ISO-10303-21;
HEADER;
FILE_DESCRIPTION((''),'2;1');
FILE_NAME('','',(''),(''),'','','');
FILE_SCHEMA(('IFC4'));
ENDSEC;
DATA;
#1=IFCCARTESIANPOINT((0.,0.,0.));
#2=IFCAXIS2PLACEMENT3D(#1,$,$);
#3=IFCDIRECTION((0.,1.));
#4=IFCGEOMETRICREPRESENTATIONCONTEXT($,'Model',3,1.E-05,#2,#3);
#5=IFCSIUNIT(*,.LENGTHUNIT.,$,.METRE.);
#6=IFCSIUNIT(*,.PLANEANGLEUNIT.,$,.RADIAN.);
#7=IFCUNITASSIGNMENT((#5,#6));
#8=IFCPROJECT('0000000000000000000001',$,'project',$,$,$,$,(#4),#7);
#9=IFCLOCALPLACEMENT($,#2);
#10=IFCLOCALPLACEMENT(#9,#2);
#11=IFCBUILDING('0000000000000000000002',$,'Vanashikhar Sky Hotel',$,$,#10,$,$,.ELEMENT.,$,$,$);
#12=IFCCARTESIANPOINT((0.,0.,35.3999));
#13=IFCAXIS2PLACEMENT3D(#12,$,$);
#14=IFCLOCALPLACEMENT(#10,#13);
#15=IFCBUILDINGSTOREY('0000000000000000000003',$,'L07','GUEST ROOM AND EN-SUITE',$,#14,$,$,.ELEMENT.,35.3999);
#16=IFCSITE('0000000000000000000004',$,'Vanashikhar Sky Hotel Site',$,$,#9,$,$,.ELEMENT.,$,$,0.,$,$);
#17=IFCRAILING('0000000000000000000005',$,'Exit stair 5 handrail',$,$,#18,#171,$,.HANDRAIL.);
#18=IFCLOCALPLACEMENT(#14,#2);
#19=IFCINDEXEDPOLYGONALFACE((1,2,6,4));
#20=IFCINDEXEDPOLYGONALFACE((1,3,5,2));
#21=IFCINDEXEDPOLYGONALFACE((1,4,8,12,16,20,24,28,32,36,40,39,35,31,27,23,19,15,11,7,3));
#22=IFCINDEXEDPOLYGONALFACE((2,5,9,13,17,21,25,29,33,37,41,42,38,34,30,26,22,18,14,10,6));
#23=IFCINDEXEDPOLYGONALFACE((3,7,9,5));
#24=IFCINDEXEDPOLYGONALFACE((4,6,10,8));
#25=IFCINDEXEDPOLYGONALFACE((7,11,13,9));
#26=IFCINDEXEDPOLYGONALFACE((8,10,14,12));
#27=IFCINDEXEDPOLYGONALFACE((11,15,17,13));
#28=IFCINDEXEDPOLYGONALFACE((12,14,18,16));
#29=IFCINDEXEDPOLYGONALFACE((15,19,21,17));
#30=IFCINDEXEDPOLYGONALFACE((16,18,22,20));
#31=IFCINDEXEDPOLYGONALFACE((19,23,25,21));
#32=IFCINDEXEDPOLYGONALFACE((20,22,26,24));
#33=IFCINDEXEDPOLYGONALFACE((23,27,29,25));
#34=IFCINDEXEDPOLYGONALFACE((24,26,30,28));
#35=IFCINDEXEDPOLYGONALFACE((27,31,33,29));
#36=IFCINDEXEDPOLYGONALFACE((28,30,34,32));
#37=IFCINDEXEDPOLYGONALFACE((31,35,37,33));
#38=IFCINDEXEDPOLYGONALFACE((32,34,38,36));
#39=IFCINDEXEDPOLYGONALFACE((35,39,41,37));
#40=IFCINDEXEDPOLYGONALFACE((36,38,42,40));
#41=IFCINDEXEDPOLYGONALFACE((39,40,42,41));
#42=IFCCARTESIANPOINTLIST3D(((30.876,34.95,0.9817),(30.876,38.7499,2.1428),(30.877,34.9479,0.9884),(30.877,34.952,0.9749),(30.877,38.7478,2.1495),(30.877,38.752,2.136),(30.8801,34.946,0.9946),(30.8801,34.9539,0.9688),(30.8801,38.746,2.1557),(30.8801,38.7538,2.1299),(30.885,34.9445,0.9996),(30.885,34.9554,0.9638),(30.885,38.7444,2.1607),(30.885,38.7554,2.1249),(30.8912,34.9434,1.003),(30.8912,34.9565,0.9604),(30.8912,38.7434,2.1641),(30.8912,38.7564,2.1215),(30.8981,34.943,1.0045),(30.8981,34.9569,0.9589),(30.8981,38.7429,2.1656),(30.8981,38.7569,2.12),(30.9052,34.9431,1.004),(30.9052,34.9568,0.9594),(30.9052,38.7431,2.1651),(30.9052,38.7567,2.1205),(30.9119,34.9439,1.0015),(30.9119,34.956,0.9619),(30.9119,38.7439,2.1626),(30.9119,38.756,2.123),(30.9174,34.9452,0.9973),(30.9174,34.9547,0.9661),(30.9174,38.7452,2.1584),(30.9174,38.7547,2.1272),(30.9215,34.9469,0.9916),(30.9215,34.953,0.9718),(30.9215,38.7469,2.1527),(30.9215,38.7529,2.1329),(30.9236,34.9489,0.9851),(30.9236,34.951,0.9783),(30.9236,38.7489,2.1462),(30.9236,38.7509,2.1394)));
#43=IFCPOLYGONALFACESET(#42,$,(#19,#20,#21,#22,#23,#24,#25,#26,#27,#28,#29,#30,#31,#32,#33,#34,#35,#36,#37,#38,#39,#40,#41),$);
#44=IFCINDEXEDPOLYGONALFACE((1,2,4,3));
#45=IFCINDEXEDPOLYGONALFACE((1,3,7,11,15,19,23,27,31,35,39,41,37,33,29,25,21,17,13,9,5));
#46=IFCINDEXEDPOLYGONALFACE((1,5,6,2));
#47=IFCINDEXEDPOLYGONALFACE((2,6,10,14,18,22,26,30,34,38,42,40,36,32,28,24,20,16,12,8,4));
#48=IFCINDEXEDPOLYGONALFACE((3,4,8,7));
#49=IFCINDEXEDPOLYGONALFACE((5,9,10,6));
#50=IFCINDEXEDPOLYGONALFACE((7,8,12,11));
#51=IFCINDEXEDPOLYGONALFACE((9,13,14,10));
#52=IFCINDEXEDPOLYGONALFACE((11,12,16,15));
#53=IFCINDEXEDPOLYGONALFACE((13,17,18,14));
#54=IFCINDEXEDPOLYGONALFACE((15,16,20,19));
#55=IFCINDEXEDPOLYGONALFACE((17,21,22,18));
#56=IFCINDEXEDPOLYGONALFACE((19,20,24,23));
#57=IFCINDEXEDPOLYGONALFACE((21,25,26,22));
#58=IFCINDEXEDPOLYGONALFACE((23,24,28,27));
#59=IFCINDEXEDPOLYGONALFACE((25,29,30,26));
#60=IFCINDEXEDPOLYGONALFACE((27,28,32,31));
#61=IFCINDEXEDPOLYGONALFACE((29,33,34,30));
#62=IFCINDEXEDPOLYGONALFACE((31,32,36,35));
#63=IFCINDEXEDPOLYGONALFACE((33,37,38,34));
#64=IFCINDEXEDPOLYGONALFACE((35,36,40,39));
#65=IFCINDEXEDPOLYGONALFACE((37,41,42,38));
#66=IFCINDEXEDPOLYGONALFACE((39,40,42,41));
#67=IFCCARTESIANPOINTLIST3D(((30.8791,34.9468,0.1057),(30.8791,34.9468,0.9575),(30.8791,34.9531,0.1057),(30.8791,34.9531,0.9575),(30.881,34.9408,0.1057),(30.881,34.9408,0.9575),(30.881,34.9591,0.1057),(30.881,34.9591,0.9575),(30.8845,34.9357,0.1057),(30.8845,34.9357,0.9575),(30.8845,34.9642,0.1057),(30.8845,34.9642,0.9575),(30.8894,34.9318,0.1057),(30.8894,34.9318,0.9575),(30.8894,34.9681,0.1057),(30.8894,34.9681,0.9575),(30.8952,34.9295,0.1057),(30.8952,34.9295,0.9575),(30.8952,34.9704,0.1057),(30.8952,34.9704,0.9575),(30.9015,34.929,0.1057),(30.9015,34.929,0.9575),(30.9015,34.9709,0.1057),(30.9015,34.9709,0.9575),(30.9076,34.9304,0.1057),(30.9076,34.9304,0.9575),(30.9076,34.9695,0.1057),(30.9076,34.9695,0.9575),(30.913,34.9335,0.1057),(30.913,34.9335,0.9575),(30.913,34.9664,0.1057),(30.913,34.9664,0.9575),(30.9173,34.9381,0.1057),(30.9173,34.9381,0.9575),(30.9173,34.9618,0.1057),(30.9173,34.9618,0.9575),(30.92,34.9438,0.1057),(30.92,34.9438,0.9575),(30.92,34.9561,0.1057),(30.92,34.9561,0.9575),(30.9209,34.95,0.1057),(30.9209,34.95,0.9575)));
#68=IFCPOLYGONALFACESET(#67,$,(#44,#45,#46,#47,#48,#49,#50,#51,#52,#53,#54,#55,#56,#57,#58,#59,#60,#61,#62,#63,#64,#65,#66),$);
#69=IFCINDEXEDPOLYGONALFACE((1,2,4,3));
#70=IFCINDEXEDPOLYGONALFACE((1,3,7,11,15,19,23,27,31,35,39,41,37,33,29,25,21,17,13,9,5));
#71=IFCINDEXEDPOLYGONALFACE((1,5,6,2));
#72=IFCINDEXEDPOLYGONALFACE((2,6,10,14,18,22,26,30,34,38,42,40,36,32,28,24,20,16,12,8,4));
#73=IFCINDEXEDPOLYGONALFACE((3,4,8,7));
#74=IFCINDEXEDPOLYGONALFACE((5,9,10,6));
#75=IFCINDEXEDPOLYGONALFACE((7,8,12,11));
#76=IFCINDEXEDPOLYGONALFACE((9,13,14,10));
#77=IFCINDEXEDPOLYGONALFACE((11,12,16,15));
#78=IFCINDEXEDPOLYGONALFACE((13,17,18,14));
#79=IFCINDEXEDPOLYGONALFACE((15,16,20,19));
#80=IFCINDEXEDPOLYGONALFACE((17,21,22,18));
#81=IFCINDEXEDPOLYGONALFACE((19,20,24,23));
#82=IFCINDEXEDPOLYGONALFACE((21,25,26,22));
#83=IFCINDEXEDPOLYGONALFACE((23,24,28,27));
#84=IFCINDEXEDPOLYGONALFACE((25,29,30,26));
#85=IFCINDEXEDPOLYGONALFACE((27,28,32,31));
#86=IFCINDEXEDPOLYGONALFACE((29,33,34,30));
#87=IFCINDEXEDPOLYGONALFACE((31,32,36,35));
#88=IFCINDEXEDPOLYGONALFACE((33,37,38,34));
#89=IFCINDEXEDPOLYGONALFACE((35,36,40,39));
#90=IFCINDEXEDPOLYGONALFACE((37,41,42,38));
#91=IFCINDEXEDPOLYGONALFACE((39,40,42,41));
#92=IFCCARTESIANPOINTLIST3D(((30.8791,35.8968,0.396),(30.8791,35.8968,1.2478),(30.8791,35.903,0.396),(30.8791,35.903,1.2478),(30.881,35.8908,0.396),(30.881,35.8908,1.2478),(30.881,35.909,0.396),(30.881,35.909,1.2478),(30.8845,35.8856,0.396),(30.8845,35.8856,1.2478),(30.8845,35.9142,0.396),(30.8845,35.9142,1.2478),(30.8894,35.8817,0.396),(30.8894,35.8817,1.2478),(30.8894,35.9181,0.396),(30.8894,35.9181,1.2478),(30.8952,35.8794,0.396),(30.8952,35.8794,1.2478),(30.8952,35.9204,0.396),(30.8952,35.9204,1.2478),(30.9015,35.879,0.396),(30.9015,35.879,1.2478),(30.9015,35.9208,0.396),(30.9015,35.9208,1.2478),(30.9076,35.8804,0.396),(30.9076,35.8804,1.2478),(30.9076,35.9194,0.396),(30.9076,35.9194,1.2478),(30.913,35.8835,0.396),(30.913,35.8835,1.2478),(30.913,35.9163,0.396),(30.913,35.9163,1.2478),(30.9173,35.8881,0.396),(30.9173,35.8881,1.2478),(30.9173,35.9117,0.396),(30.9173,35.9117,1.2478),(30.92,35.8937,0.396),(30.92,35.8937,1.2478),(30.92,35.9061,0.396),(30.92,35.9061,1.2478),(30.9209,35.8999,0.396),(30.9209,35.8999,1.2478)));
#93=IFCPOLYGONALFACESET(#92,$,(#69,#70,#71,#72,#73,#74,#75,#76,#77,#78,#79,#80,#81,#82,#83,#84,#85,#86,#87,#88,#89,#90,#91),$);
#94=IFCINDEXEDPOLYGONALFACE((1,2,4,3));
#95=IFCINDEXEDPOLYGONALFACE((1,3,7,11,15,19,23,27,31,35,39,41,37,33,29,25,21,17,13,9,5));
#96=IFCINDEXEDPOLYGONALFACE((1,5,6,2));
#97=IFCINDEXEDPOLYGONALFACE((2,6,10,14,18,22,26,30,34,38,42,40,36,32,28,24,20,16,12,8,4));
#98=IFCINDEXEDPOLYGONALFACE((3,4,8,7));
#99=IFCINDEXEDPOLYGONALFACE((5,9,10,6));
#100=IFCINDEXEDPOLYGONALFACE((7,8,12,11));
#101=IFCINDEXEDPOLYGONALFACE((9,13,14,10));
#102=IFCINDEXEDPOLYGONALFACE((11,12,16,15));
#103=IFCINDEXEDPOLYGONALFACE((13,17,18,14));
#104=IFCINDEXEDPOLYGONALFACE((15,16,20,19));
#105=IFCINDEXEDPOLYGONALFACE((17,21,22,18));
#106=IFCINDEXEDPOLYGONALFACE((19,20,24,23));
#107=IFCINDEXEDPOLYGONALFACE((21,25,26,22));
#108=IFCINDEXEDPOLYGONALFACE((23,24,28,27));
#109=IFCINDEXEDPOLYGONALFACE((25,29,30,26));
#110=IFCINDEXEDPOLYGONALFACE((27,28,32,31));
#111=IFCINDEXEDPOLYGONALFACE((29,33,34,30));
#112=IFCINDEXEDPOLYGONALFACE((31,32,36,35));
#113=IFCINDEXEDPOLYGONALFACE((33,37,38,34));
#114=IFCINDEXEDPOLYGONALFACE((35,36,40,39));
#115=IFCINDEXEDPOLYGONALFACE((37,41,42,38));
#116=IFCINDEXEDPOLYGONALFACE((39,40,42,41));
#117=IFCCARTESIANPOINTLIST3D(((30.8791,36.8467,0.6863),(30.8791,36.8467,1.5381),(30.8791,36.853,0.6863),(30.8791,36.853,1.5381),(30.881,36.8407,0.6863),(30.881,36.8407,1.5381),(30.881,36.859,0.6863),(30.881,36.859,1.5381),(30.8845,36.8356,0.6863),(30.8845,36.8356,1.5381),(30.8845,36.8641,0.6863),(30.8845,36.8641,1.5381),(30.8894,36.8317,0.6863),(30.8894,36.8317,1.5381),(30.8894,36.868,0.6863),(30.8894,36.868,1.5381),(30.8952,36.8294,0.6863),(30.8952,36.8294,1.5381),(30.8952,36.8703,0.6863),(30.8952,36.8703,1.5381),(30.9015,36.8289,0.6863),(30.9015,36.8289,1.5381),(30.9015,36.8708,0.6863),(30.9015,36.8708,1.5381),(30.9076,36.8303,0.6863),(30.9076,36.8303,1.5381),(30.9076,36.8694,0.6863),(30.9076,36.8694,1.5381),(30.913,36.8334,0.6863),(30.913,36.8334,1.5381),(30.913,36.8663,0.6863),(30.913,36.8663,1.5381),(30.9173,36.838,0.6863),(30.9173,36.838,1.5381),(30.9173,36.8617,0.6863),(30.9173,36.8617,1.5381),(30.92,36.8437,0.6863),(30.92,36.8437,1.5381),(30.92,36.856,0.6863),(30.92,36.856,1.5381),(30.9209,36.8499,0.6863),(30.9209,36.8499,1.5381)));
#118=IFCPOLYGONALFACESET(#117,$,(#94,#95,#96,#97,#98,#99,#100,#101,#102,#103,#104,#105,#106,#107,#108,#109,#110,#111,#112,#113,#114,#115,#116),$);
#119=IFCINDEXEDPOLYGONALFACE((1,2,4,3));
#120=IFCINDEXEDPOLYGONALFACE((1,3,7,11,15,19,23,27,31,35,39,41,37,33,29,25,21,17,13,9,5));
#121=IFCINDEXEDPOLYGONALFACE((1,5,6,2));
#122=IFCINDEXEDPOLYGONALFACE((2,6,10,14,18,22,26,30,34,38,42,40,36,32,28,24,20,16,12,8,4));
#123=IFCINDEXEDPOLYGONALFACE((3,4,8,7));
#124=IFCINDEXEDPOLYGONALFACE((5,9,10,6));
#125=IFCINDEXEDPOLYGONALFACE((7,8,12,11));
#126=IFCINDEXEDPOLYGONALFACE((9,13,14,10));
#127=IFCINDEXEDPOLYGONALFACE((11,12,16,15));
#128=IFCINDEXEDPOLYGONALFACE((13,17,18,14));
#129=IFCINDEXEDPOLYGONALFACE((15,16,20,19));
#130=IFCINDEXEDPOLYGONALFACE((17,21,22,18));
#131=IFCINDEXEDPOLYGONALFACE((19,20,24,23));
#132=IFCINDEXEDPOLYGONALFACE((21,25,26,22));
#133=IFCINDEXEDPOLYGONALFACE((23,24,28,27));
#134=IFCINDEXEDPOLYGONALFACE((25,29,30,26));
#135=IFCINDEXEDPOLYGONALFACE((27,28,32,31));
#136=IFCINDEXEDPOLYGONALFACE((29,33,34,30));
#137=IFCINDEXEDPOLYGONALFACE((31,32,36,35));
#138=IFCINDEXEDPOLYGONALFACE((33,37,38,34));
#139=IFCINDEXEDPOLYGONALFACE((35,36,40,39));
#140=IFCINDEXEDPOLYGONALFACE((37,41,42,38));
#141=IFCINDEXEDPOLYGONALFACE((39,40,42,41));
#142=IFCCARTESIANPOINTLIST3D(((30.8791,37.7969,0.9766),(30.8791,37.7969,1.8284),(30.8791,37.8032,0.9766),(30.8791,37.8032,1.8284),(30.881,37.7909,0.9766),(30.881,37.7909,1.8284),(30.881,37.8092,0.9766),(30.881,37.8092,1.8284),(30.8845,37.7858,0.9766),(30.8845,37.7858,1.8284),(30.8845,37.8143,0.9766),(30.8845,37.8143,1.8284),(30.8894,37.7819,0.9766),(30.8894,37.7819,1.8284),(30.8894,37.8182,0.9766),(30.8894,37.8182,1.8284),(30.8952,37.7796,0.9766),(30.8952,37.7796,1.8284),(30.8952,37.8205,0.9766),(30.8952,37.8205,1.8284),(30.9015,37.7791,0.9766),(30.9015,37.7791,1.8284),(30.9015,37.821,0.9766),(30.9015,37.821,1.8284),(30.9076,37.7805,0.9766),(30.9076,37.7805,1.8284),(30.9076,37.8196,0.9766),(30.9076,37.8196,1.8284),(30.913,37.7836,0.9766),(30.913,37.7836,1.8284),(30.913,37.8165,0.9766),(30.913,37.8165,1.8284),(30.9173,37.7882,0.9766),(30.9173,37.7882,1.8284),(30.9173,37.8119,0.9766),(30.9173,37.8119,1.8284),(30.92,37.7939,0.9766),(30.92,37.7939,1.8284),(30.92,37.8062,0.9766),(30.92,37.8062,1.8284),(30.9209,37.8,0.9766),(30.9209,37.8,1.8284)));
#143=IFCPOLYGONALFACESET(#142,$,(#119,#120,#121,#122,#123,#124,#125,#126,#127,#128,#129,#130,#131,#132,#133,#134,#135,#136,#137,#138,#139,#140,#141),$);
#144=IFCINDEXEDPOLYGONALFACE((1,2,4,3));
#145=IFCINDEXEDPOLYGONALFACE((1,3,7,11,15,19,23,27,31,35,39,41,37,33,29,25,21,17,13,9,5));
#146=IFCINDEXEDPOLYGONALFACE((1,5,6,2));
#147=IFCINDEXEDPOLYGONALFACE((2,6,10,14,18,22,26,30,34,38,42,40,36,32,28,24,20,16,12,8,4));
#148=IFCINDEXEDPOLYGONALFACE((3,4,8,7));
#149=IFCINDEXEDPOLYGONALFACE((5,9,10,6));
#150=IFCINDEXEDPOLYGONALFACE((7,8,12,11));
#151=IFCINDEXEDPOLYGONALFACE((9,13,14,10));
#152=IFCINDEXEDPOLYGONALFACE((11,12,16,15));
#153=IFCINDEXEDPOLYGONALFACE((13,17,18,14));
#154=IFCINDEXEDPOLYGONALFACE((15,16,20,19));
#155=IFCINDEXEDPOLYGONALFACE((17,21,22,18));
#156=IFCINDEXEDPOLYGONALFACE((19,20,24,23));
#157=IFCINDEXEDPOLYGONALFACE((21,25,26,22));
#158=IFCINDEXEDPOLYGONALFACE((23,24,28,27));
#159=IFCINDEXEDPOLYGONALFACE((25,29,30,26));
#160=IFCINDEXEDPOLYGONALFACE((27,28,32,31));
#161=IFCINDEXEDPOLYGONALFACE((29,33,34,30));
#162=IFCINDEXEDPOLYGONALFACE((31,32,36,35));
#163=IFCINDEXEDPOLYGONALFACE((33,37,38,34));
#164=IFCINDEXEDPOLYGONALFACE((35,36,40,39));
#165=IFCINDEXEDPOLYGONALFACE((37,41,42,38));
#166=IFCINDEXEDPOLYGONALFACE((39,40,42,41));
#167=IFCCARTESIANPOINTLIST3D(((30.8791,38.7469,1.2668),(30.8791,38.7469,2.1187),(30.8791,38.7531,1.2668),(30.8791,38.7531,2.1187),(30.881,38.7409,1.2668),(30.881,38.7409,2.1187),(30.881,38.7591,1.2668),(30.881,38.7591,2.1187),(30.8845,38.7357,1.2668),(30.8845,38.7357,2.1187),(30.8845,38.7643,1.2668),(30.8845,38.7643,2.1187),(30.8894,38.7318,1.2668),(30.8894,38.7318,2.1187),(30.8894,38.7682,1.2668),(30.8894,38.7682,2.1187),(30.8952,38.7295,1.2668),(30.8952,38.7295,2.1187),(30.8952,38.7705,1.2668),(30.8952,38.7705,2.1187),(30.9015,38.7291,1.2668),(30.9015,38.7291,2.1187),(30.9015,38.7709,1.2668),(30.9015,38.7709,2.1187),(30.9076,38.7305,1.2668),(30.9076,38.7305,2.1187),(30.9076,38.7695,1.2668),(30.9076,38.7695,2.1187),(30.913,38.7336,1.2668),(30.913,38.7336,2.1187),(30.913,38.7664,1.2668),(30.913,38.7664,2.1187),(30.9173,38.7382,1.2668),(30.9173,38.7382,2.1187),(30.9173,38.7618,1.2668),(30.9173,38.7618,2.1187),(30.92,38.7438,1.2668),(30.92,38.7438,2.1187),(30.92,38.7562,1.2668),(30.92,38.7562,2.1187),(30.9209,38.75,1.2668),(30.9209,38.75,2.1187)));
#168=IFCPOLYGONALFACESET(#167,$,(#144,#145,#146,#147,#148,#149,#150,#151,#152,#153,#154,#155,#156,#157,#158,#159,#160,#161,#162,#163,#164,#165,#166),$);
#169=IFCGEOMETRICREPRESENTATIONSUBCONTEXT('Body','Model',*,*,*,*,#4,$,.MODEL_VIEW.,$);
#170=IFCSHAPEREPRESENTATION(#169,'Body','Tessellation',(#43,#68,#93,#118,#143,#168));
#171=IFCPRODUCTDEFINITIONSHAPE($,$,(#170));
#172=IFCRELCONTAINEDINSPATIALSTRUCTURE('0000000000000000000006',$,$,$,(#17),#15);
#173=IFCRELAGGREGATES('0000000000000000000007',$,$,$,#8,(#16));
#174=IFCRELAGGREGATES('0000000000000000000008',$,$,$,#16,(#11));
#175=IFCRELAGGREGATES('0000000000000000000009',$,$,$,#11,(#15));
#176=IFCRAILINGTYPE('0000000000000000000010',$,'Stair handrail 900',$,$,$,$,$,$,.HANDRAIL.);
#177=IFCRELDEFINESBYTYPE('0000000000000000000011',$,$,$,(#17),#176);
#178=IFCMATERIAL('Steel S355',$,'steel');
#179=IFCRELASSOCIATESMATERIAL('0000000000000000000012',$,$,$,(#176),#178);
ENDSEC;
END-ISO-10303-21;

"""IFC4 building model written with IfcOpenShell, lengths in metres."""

from ifc_helpers import new_model, si_unit, direction, frame, origin, origin_2d, place, context, subcontext, project, spatial, circle, extrude, source, transform, mapped, material, type_object, element, save


model = new_model("IFC4")

# Units and contexts
model_context = context("Model", 3, precision=1e-05, world=origin(), true_north=direction((0.0, 1.0)))
body_context = subcontext(model_context, "Body", "Model", "MODEL_VIEW")
ifc_project = project(units=[si_unit("LENGTHUNIT", "METRE"), si_unit("PLANEANGLEUNIT", "RADIAN")], contexts=[model_context])

# Site, building, storey
site_placement = place(None, origin())
site = spatial("IfcSite", under=ifc_project, at=site_placement, Name="Vanashikhar Sky Hotel Site", CompositionType="ELEMENT", RefElevation=0.0)
building_placement = place(site_placement, origin())
building = spatial("IfcBuilding", under=site, at=building_placement, Name="Vanashikhar Sky Hotel", CompositionType="ELEMENT")
storey_placement = place(building_placement, frame((0.0, 0.0, 35.3999)))
storey = spatial("IfcBuildingStorey", under=building, at=storey_placement, Name="L07", Description="GUEST ROOM AND EN-SUITE", CompositionType="ELEMENT", Elevation=35.3999)

# Railing
ifc_material_1 = material(Name="Steel S355", Category="steel")
railing_type_1 = type_object("IfcRailingType", Name="Stair handrail 900", PredefinedType="HANDRAIL", material=ifc_material_1)
shared_shape_1 = source(origin(), body_context, "Body", "SweptSolid", [
    extrude(circle(Radius=0.0239, at=origin_2d()), frame((0.0, 0.0, 0.876), z_axis=(0.0, 0.956351, 0.29222), x_axis=(-1.0, 0.0, 0.0)), (0.0, 0.0, 1.0), 3.9734),
    extrude(circle(Radius=0.021, at=origin_2d()), origin(), (0.0, 0.0, 1.0), 0.8518),
    extrude(circle(Radius=0.021, at=origin_2d()), frame((0.0, 0.95, 0.2903)), (0.0, 0.0, 1.0), 0.8518),
    extrude(circle(Radius=0.021, at=origin_2d()), frame((0.0, 1.8999, 0.5806)), (0.0, 0.0, 1.0), 0.8518),
    extrude(circle(Radius=0.021, at=origin_2d()), frame((0.0, 2.8501, 0.8708)), (0.0, 0.0, 1.0), 0.8518),
    extrude(circle(Radius=0.021, at=origin_2d()), frame((0.0, 3.8, 1.1611)), (0.0, 0.0, 1.0), 0.8518),
])
for number, where, name in (
    (1, (30.8999, 34.95, 0.1057), "Exit stair 5 handrail"),
):
    element("IfcRailing", number, at=place(storey_placement, frame(where)), inside=storey, type_object=railing_type_1, Name=name, PredefinedType="HANDRAIL", context=body_context, shape_type="MappedRepresentation", body=[
        mapped(shared_shape_1, transform((0.0, 0.0, 0.0), scale=1.0)),
    ])

save(model, "model.ifc")
